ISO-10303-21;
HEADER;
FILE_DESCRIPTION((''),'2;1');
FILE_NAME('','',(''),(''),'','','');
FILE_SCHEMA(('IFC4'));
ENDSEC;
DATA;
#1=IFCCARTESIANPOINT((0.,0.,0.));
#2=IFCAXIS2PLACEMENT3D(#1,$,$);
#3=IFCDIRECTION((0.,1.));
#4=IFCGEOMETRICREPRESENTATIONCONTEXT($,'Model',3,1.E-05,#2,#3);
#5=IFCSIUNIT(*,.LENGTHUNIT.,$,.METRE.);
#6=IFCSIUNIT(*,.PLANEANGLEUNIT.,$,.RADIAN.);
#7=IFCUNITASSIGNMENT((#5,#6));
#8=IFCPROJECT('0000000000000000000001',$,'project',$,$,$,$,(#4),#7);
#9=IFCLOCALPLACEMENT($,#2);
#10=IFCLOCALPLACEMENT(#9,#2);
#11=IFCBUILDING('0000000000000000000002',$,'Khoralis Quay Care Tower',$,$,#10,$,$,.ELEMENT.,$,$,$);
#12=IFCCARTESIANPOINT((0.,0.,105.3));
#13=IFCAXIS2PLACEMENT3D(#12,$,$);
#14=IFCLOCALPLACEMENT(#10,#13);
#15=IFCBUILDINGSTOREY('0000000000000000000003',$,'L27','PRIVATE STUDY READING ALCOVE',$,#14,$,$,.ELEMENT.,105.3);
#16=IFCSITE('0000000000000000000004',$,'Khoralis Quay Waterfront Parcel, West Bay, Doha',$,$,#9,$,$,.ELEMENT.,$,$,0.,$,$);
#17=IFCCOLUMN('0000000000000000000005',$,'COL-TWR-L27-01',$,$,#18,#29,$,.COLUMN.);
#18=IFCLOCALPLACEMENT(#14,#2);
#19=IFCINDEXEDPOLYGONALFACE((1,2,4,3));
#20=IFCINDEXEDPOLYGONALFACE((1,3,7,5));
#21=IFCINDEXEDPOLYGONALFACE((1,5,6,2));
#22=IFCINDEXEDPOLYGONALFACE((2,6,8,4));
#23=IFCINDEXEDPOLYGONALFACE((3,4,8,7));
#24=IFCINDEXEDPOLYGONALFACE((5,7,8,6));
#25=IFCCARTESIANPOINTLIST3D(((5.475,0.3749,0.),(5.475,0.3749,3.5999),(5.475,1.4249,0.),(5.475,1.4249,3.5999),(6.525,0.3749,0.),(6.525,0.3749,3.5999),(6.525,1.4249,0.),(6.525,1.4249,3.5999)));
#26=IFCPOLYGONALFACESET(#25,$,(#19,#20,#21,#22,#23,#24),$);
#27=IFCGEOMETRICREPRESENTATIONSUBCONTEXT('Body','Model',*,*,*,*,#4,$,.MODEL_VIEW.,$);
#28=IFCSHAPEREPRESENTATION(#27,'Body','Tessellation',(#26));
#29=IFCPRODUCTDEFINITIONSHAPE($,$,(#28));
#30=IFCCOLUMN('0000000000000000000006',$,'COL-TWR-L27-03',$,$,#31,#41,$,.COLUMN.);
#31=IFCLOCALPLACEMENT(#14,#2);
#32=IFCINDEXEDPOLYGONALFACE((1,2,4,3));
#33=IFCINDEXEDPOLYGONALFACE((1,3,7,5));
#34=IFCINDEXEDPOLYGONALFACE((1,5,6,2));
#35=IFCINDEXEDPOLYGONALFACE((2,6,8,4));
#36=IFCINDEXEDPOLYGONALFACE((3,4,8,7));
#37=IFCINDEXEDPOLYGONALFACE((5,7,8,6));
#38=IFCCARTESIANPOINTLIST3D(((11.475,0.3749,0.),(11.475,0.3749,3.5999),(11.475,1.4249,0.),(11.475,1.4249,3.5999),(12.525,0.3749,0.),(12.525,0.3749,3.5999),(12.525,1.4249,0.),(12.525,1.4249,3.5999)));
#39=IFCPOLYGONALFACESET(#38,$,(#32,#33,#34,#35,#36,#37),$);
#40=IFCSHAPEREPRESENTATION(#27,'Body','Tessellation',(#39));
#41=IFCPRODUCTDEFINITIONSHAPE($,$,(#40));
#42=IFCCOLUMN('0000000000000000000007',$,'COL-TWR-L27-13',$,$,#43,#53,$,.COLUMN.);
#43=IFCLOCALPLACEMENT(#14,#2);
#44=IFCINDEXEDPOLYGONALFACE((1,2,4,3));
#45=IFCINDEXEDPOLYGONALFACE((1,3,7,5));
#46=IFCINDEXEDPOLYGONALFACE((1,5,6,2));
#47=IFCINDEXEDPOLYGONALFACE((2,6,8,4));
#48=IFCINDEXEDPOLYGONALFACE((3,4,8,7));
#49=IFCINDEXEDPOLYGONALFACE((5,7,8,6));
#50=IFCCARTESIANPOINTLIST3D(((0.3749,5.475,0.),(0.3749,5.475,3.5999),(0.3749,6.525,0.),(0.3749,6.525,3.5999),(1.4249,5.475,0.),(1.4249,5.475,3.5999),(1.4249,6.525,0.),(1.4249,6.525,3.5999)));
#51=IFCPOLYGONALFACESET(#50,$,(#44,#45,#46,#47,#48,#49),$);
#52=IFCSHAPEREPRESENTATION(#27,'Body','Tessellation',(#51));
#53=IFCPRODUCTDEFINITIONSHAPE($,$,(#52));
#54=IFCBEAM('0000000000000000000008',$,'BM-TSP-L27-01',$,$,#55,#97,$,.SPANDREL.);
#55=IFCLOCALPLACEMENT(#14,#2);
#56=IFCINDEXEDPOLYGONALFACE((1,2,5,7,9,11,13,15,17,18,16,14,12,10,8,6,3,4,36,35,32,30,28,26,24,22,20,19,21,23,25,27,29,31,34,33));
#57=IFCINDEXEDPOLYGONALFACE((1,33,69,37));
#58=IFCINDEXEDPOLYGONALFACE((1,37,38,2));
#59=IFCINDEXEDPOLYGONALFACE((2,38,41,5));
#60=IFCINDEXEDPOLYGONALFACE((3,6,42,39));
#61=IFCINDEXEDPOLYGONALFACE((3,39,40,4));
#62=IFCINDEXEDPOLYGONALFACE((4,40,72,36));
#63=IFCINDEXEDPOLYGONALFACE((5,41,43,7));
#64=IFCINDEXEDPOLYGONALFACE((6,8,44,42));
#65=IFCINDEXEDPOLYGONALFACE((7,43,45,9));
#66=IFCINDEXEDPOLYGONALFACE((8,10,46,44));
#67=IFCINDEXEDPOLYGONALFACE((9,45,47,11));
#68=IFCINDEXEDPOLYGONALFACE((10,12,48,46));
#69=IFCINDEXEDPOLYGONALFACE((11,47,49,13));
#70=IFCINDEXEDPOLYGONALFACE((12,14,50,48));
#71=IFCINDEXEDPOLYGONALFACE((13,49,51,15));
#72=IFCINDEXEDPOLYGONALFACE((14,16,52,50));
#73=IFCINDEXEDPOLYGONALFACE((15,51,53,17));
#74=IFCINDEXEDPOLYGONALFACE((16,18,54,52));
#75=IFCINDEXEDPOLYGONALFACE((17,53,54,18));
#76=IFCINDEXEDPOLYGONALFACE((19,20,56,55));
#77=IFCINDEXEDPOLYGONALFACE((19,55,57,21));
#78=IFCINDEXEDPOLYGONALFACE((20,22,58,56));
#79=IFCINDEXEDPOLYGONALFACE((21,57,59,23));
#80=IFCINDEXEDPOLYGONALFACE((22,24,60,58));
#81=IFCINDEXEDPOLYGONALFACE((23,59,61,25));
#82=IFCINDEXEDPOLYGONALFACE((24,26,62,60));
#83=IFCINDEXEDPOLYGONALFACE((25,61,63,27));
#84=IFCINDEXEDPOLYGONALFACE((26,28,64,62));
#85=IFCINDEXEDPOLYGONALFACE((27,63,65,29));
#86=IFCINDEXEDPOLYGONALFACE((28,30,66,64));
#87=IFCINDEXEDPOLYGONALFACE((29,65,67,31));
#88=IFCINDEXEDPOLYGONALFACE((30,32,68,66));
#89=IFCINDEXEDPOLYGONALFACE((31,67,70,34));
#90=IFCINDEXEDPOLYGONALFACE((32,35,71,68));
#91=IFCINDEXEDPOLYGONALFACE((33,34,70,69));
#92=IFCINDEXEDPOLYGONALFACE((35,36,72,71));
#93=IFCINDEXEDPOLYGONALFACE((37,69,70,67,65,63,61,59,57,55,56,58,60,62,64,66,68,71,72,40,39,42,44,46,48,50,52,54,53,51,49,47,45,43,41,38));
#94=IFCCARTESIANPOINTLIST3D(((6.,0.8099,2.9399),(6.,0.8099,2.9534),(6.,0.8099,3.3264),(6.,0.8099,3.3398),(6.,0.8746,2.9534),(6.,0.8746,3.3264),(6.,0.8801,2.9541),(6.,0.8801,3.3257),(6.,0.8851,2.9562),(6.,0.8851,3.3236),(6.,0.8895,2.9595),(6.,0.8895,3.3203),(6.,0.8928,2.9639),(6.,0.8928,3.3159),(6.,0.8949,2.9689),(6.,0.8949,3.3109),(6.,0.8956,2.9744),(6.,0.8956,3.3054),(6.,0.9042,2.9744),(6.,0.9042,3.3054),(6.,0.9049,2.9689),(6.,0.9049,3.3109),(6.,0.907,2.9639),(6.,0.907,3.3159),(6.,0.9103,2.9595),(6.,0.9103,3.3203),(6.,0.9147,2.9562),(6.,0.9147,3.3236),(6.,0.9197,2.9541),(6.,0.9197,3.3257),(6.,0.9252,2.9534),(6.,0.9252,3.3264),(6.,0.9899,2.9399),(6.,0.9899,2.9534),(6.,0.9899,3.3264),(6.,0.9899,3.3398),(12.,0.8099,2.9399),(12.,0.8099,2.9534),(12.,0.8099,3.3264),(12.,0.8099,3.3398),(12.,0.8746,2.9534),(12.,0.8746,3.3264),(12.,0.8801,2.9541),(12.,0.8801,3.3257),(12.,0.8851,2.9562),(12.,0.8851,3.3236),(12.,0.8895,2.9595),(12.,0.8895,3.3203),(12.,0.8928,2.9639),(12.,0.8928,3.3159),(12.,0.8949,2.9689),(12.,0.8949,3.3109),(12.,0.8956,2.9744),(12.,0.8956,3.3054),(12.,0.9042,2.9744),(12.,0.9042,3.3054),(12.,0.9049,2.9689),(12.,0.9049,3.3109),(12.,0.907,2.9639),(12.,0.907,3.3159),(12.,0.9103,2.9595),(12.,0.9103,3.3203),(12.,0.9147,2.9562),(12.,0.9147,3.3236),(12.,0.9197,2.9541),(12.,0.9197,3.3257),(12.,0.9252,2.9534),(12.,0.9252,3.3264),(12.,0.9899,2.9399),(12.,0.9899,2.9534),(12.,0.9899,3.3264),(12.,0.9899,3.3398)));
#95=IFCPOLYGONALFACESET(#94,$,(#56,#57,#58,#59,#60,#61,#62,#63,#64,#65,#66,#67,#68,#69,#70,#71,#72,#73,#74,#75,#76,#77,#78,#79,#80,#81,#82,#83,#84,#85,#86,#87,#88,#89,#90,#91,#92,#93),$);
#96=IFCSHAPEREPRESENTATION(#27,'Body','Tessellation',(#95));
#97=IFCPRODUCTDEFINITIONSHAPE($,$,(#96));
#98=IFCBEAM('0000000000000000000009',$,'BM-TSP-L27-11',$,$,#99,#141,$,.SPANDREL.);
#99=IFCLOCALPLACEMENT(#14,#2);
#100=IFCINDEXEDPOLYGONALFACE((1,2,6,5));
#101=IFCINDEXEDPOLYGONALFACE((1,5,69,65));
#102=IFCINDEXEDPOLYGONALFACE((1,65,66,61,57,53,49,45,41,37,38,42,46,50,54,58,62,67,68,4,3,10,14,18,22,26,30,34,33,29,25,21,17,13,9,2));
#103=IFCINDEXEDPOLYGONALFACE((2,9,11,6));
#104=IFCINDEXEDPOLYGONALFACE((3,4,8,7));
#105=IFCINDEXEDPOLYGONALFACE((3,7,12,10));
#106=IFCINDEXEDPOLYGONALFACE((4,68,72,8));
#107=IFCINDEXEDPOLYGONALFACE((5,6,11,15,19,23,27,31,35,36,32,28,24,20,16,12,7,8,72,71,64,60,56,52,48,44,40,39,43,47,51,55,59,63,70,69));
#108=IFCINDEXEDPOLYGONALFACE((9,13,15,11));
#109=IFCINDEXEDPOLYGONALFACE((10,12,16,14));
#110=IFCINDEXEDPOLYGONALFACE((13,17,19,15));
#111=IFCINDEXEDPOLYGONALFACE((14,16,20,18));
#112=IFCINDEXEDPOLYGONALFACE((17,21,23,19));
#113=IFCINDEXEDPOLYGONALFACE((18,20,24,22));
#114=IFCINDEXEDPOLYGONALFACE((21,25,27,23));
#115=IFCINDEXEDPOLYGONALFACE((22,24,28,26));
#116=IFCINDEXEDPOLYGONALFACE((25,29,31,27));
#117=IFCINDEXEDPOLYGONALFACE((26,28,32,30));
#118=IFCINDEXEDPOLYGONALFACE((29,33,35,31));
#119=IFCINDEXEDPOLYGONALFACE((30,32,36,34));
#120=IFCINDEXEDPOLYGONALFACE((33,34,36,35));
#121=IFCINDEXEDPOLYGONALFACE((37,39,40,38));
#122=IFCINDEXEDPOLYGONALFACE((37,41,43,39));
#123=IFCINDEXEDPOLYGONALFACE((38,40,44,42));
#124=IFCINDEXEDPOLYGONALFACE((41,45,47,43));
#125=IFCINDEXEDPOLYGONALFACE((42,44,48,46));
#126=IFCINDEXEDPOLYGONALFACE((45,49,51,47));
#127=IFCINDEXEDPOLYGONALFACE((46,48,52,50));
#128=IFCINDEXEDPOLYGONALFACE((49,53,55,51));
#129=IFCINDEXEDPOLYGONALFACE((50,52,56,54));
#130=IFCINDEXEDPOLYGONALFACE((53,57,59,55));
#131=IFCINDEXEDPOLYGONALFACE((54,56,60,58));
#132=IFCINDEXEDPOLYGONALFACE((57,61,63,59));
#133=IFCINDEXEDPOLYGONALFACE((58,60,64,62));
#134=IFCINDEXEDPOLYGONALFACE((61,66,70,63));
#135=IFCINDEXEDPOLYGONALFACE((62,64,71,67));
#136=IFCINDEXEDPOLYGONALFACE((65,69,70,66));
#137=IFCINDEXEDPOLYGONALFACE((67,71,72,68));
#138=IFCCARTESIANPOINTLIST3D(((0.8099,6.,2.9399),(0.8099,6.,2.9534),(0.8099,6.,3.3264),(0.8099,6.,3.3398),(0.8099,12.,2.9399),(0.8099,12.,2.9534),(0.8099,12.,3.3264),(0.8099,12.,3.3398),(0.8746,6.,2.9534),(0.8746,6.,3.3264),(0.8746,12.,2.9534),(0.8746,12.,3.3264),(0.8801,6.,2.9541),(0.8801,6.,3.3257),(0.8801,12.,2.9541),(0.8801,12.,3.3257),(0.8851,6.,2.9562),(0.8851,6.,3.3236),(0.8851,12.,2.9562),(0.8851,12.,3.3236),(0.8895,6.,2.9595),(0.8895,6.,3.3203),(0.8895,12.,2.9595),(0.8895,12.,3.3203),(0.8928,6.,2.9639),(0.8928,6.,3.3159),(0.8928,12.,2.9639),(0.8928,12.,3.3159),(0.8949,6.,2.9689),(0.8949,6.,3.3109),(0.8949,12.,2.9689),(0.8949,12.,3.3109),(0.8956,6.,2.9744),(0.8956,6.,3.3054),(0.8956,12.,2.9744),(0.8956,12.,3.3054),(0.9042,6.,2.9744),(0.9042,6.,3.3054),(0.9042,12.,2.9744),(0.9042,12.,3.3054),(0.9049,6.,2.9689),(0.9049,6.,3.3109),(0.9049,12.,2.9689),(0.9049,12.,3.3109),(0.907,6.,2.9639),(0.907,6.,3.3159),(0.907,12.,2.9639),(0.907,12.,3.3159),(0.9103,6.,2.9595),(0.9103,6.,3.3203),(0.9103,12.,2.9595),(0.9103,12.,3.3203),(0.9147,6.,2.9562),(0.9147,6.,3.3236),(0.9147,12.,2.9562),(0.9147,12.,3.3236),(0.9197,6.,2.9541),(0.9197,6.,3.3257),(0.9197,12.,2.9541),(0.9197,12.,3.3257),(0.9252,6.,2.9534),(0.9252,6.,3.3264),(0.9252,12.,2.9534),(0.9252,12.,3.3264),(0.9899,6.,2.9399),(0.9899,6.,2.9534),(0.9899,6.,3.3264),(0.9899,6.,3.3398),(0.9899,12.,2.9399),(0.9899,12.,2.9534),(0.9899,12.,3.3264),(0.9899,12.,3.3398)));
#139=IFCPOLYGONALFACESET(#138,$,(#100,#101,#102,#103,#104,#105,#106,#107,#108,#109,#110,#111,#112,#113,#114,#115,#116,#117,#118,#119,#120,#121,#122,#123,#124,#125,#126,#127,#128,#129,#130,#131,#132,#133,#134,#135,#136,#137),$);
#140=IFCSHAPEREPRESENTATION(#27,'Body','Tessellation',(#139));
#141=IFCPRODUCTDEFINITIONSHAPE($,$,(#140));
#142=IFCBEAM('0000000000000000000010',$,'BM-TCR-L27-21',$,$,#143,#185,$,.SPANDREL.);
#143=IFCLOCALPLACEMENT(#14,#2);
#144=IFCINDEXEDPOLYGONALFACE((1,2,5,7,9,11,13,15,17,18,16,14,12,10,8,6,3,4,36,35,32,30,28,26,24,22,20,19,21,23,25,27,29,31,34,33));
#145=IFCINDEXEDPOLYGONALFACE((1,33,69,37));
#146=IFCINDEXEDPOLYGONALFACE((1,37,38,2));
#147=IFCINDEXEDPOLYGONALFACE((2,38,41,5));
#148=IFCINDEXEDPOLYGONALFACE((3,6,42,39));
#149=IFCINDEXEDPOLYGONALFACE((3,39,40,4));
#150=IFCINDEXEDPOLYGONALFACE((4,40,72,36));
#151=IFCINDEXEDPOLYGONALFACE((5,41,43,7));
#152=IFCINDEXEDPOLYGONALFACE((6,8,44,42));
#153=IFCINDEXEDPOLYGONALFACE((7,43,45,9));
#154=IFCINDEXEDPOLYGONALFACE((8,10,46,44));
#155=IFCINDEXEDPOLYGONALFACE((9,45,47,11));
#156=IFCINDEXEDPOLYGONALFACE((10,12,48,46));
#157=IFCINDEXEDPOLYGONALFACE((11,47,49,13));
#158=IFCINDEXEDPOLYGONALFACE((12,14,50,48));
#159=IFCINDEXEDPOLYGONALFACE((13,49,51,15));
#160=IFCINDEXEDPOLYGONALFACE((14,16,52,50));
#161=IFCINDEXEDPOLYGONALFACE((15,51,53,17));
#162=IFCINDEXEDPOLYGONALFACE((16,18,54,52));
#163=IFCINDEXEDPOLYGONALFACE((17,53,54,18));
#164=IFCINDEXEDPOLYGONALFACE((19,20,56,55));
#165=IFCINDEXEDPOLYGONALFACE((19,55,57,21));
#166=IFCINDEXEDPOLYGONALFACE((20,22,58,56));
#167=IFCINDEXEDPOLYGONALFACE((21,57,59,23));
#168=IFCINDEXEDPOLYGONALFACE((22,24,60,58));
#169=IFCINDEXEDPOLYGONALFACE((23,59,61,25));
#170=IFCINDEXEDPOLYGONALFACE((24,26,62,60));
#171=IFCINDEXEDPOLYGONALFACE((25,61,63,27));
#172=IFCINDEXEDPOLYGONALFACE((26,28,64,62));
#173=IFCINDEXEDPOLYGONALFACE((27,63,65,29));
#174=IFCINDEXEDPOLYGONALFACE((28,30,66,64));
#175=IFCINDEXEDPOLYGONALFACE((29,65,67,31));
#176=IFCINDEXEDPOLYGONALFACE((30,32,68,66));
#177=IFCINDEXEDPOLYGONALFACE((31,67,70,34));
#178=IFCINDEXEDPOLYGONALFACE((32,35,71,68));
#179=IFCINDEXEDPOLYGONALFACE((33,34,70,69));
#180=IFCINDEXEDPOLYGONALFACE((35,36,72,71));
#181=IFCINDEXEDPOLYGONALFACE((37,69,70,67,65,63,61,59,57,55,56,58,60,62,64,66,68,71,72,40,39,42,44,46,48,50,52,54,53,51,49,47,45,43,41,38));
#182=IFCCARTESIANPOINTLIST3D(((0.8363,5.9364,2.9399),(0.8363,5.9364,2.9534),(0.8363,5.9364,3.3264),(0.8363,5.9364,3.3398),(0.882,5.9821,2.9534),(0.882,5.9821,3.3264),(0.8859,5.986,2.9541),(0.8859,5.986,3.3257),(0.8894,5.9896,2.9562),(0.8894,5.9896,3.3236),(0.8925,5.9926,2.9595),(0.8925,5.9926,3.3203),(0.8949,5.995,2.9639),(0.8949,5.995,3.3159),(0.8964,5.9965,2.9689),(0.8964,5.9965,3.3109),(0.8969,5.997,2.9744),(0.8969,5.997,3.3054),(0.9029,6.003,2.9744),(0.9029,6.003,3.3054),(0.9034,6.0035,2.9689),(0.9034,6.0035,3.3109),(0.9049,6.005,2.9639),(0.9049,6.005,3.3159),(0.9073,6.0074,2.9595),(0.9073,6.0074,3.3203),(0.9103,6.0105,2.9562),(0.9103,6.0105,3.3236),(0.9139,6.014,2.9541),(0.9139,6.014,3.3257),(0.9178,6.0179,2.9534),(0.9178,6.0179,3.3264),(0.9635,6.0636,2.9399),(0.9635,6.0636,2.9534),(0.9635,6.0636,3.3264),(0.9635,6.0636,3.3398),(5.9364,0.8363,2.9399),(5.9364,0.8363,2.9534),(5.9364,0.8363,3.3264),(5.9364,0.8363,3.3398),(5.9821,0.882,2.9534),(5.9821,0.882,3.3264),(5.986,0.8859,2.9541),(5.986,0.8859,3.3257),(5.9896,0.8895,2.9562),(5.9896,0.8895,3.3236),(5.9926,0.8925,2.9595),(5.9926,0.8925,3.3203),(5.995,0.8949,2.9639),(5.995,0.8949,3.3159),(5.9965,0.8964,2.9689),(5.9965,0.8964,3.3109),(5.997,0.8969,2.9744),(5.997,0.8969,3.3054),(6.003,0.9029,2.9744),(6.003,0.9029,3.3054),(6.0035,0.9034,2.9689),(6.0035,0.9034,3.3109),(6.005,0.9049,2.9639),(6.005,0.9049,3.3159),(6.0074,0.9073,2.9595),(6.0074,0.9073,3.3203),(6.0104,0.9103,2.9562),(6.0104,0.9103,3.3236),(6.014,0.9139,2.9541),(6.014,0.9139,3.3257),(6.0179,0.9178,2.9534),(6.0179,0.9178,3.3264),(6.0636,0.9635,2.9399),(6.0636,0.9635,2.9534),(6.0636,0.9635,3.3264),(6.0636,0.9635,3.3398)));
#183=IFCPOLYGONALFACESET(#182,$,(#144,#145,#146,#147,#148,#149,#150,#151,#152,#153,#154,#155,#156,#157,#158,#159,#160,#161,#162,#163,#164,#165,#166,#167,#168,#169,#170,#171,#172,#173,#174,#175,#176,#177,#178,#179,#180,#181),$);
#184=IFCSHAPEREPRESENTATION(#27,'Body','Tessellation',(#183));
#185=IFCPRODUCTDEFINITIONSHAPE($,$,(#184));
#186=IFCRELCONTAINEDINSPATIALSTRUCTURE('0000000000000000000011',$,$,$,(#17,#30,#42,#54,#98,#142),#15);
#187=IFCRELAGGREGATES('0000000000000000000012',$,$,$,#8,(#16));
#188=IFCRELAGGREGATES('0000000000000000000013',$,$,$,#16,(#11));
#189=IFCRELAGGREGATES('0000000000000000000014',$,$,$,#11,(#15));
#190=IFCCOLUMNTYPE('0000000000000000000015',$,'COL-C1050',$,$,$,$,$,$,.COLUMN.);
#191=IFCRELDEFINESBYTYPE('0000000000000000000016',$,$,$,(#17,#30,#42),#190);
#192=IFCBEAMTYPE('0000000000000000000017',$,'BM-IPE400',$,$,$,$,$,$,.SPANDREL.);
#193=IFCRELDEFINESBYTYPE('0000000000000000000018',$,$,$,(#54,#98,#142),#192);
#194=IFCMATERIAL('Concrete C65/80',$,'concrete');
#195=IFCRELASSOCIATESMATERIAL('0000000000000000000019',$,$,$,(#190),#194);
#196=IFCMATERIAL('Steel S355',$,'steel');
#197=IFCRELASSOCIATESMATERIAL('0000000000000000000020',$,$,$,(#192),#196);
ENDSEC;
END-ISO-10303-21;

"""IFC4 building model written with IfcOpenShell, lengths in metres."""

from ifc_helpers import new_model, si_unit, direction, frame, origin, origin_2d, place, context, subcontext, project, spatial, rectangle, i_section, extrude, source, transform, mapped, material, material_profile, profile_set, type_object, element, save


model = new_model("IFC4")

# Units and contexts
model_context = context("Model", 3, precision=1e-05, world=origin(), true_north=direction((0.0, 1.0)))
body_context = subcontext(model_context, "Body", "Model", "MODEL_VIEW")
ifc_project = project(units=[si_unit("LENGTHUNIT", "METRE"), si_unit("PLANEANGLEUNIT", "RADIAN")], contexts=[model_context])

# Site, building, storey
site_placement = place(None, origin())
site = spatial("IfcSite", under=ifc_project, at=site_placement, Name="Khoralis Quay Waterfront Parcel, West Bay, Doha", CompositionType="ELEMENT", RefElevation=0.0)
building_placement = place(site_placement, origin())
building = spatial("IfcBuilding", under=site, at=building_placement, Name="Khoralis Quay Care Tower", CompositionType="ELEMENT")
storey_placement = place(building_placement, frame((0.0, 0.0, 105.3)))
storey = spatial("IfcBuildingStorey", under=building, at=storey_placement, Name="L27", Description="PRIVATE STUDY READING ALCOVE", CompositionType="ELEMENT", Elevation=105.3)

# Columns
ifc_material_1 = material(Name="Concrete C65/80", Category="concrete")
ifc_material_profile_1 = material_profile(ifc_material_1, rectangle(XDim=1.05, YDim=1.05, at=origin_2d()), Name="Concrete C65/80")
ifc_profile_set_1 = profile_set([ifc_material_profile_1], Name="Concrete C65/80")
column_type = type_object("IfcColumnType", Name="COL-C1050", PredefinedType="COLUMN", material=ifc_profile_set_1)
shared_shape_1 = source(origin(), body_context, "Body", "SweptSolid", [
    extrude(rectangle(XDim=1.05, YDim=1.05, at=origin_2d()), origin(), (0.0, 0.0, 1.0), 3.5999),
])
for number, where, z_axis, x_axis, name in (
    (1, (6.0, 0.8999, 0.0), (0.0, 0.0, 1.0), (1.0, 0.0, 0.0), "COL-TWR-L27-01"),
    (2, (12.0, 0.8999, 0.0), (0.0, 0.0, 1.0), (1.0, 0.0, 0.0), "COL-TWR-L27-03"),
    (3, (0.8999, 6.0, 0.0), (0.0, 0.0, 1.0), (1.0, 0.0, 0.0), "COL-TWR-L27-13"),
):
    element("IfcColumn", number, at=place(storey_placement, frame(where, z_axis=z_axis, x_axis=x_axis)), inside=storey, type_object=column_type, Name=name, PredefinedType="COLUMN", context=body_context, shape_type="MappedRepresentation", body=[
        mapped(shared_shape_1, transform((0.0, 0.0, 0.0), scale=1.0)),
    ])

# Beams
ifc_material_2 = material(Name="Steel S355", Category="steel")
ifc_material_profile_2 = material_profile(ifc_material_2, i_section(OverallWidth=0.1799, OverallDepth=0.3999, WebThickness=0.0085, FlangeThickness=0.0134, FilletRadius=0.021, at=origin_2d()), Name="Steel S355")
ifc_profile_set_2 = profile_set([ifc_material_profile_2], Name="Steel S355")
beam_type_1 = type_object("IfcBeamType", Name="BM-IPE400", PredefinedType="SPANDREL", material=ifc_profile_set_2)
shared_shape_2 = source(origin(), body_context, "Body", "SweptSolid", [
    extrude(i_section(OverallWidth=0.1799, OverallDepth=0.3999, WebThickness=0.0085, FlangeThickness=0.0134, FilletRadius=0.021, at=origin_2d()), origin(), (0.0, 0.0, 1.0), 6.0),
])
for number, where, z_axis, x_axis, name in (
    (4, (6.0, 0.8999, 3.1399), (1.0, 0.0, 0.0), (0.0, 1.0, 0.0), "BM-TSP-L27-01"),
    (5, (0.8999, 6.0, 3.1399), (0.0, 1.0, 0.0), (-1.0, 0.0, 0.0), "BM-TSP-L27-11"),
):
    element("IfcBeam", number, at=place(storey_placement, frame(where, z_axis=z_axis, x_axis=x_axis)), inside=storey, type_object=beam_type_1, Name=name, PredefinedType="SPANDREL", context=body_context, shape_type="MappedRepresentation", body=[
        mapped(shared_shape_2, transform((0.0, 0.0, 0.0), scale=1.0)),
    ])
shared_shape_3 = source(origin(), body_context, "Body", "SweptSolid", [
    extrude(i_section(OverallWidth=0.1799, OverallDepth=0.3999, WebThickness=0.0085, FlangeThickness=0.0134, FilletRadius=0.021, at=origin_2d()), origin(), (0.0, 0.0, 1.0), 7.2126),
])
beam_1_placement = place(storey_placement, frame((6.0, 0.8999, 3.1399), z_axis=(-0.707107, 0.707107, 0.0), x_axis=(-0.707107, -0.707107, 0.0)))
element("IfcBeam", 6, at=beam_1_placement, inside=storey, type_object=beam_type_1, Name="BM-TCR-L27-21", PredefinedType="SPANDREL", context=body_context, shape_type="MappedRepresentation", body=[
    mapped(shared_shape_3, transform((0.0, 0.0, 0.0), scale=1.0)),
])

save(model, "model.ifc")
